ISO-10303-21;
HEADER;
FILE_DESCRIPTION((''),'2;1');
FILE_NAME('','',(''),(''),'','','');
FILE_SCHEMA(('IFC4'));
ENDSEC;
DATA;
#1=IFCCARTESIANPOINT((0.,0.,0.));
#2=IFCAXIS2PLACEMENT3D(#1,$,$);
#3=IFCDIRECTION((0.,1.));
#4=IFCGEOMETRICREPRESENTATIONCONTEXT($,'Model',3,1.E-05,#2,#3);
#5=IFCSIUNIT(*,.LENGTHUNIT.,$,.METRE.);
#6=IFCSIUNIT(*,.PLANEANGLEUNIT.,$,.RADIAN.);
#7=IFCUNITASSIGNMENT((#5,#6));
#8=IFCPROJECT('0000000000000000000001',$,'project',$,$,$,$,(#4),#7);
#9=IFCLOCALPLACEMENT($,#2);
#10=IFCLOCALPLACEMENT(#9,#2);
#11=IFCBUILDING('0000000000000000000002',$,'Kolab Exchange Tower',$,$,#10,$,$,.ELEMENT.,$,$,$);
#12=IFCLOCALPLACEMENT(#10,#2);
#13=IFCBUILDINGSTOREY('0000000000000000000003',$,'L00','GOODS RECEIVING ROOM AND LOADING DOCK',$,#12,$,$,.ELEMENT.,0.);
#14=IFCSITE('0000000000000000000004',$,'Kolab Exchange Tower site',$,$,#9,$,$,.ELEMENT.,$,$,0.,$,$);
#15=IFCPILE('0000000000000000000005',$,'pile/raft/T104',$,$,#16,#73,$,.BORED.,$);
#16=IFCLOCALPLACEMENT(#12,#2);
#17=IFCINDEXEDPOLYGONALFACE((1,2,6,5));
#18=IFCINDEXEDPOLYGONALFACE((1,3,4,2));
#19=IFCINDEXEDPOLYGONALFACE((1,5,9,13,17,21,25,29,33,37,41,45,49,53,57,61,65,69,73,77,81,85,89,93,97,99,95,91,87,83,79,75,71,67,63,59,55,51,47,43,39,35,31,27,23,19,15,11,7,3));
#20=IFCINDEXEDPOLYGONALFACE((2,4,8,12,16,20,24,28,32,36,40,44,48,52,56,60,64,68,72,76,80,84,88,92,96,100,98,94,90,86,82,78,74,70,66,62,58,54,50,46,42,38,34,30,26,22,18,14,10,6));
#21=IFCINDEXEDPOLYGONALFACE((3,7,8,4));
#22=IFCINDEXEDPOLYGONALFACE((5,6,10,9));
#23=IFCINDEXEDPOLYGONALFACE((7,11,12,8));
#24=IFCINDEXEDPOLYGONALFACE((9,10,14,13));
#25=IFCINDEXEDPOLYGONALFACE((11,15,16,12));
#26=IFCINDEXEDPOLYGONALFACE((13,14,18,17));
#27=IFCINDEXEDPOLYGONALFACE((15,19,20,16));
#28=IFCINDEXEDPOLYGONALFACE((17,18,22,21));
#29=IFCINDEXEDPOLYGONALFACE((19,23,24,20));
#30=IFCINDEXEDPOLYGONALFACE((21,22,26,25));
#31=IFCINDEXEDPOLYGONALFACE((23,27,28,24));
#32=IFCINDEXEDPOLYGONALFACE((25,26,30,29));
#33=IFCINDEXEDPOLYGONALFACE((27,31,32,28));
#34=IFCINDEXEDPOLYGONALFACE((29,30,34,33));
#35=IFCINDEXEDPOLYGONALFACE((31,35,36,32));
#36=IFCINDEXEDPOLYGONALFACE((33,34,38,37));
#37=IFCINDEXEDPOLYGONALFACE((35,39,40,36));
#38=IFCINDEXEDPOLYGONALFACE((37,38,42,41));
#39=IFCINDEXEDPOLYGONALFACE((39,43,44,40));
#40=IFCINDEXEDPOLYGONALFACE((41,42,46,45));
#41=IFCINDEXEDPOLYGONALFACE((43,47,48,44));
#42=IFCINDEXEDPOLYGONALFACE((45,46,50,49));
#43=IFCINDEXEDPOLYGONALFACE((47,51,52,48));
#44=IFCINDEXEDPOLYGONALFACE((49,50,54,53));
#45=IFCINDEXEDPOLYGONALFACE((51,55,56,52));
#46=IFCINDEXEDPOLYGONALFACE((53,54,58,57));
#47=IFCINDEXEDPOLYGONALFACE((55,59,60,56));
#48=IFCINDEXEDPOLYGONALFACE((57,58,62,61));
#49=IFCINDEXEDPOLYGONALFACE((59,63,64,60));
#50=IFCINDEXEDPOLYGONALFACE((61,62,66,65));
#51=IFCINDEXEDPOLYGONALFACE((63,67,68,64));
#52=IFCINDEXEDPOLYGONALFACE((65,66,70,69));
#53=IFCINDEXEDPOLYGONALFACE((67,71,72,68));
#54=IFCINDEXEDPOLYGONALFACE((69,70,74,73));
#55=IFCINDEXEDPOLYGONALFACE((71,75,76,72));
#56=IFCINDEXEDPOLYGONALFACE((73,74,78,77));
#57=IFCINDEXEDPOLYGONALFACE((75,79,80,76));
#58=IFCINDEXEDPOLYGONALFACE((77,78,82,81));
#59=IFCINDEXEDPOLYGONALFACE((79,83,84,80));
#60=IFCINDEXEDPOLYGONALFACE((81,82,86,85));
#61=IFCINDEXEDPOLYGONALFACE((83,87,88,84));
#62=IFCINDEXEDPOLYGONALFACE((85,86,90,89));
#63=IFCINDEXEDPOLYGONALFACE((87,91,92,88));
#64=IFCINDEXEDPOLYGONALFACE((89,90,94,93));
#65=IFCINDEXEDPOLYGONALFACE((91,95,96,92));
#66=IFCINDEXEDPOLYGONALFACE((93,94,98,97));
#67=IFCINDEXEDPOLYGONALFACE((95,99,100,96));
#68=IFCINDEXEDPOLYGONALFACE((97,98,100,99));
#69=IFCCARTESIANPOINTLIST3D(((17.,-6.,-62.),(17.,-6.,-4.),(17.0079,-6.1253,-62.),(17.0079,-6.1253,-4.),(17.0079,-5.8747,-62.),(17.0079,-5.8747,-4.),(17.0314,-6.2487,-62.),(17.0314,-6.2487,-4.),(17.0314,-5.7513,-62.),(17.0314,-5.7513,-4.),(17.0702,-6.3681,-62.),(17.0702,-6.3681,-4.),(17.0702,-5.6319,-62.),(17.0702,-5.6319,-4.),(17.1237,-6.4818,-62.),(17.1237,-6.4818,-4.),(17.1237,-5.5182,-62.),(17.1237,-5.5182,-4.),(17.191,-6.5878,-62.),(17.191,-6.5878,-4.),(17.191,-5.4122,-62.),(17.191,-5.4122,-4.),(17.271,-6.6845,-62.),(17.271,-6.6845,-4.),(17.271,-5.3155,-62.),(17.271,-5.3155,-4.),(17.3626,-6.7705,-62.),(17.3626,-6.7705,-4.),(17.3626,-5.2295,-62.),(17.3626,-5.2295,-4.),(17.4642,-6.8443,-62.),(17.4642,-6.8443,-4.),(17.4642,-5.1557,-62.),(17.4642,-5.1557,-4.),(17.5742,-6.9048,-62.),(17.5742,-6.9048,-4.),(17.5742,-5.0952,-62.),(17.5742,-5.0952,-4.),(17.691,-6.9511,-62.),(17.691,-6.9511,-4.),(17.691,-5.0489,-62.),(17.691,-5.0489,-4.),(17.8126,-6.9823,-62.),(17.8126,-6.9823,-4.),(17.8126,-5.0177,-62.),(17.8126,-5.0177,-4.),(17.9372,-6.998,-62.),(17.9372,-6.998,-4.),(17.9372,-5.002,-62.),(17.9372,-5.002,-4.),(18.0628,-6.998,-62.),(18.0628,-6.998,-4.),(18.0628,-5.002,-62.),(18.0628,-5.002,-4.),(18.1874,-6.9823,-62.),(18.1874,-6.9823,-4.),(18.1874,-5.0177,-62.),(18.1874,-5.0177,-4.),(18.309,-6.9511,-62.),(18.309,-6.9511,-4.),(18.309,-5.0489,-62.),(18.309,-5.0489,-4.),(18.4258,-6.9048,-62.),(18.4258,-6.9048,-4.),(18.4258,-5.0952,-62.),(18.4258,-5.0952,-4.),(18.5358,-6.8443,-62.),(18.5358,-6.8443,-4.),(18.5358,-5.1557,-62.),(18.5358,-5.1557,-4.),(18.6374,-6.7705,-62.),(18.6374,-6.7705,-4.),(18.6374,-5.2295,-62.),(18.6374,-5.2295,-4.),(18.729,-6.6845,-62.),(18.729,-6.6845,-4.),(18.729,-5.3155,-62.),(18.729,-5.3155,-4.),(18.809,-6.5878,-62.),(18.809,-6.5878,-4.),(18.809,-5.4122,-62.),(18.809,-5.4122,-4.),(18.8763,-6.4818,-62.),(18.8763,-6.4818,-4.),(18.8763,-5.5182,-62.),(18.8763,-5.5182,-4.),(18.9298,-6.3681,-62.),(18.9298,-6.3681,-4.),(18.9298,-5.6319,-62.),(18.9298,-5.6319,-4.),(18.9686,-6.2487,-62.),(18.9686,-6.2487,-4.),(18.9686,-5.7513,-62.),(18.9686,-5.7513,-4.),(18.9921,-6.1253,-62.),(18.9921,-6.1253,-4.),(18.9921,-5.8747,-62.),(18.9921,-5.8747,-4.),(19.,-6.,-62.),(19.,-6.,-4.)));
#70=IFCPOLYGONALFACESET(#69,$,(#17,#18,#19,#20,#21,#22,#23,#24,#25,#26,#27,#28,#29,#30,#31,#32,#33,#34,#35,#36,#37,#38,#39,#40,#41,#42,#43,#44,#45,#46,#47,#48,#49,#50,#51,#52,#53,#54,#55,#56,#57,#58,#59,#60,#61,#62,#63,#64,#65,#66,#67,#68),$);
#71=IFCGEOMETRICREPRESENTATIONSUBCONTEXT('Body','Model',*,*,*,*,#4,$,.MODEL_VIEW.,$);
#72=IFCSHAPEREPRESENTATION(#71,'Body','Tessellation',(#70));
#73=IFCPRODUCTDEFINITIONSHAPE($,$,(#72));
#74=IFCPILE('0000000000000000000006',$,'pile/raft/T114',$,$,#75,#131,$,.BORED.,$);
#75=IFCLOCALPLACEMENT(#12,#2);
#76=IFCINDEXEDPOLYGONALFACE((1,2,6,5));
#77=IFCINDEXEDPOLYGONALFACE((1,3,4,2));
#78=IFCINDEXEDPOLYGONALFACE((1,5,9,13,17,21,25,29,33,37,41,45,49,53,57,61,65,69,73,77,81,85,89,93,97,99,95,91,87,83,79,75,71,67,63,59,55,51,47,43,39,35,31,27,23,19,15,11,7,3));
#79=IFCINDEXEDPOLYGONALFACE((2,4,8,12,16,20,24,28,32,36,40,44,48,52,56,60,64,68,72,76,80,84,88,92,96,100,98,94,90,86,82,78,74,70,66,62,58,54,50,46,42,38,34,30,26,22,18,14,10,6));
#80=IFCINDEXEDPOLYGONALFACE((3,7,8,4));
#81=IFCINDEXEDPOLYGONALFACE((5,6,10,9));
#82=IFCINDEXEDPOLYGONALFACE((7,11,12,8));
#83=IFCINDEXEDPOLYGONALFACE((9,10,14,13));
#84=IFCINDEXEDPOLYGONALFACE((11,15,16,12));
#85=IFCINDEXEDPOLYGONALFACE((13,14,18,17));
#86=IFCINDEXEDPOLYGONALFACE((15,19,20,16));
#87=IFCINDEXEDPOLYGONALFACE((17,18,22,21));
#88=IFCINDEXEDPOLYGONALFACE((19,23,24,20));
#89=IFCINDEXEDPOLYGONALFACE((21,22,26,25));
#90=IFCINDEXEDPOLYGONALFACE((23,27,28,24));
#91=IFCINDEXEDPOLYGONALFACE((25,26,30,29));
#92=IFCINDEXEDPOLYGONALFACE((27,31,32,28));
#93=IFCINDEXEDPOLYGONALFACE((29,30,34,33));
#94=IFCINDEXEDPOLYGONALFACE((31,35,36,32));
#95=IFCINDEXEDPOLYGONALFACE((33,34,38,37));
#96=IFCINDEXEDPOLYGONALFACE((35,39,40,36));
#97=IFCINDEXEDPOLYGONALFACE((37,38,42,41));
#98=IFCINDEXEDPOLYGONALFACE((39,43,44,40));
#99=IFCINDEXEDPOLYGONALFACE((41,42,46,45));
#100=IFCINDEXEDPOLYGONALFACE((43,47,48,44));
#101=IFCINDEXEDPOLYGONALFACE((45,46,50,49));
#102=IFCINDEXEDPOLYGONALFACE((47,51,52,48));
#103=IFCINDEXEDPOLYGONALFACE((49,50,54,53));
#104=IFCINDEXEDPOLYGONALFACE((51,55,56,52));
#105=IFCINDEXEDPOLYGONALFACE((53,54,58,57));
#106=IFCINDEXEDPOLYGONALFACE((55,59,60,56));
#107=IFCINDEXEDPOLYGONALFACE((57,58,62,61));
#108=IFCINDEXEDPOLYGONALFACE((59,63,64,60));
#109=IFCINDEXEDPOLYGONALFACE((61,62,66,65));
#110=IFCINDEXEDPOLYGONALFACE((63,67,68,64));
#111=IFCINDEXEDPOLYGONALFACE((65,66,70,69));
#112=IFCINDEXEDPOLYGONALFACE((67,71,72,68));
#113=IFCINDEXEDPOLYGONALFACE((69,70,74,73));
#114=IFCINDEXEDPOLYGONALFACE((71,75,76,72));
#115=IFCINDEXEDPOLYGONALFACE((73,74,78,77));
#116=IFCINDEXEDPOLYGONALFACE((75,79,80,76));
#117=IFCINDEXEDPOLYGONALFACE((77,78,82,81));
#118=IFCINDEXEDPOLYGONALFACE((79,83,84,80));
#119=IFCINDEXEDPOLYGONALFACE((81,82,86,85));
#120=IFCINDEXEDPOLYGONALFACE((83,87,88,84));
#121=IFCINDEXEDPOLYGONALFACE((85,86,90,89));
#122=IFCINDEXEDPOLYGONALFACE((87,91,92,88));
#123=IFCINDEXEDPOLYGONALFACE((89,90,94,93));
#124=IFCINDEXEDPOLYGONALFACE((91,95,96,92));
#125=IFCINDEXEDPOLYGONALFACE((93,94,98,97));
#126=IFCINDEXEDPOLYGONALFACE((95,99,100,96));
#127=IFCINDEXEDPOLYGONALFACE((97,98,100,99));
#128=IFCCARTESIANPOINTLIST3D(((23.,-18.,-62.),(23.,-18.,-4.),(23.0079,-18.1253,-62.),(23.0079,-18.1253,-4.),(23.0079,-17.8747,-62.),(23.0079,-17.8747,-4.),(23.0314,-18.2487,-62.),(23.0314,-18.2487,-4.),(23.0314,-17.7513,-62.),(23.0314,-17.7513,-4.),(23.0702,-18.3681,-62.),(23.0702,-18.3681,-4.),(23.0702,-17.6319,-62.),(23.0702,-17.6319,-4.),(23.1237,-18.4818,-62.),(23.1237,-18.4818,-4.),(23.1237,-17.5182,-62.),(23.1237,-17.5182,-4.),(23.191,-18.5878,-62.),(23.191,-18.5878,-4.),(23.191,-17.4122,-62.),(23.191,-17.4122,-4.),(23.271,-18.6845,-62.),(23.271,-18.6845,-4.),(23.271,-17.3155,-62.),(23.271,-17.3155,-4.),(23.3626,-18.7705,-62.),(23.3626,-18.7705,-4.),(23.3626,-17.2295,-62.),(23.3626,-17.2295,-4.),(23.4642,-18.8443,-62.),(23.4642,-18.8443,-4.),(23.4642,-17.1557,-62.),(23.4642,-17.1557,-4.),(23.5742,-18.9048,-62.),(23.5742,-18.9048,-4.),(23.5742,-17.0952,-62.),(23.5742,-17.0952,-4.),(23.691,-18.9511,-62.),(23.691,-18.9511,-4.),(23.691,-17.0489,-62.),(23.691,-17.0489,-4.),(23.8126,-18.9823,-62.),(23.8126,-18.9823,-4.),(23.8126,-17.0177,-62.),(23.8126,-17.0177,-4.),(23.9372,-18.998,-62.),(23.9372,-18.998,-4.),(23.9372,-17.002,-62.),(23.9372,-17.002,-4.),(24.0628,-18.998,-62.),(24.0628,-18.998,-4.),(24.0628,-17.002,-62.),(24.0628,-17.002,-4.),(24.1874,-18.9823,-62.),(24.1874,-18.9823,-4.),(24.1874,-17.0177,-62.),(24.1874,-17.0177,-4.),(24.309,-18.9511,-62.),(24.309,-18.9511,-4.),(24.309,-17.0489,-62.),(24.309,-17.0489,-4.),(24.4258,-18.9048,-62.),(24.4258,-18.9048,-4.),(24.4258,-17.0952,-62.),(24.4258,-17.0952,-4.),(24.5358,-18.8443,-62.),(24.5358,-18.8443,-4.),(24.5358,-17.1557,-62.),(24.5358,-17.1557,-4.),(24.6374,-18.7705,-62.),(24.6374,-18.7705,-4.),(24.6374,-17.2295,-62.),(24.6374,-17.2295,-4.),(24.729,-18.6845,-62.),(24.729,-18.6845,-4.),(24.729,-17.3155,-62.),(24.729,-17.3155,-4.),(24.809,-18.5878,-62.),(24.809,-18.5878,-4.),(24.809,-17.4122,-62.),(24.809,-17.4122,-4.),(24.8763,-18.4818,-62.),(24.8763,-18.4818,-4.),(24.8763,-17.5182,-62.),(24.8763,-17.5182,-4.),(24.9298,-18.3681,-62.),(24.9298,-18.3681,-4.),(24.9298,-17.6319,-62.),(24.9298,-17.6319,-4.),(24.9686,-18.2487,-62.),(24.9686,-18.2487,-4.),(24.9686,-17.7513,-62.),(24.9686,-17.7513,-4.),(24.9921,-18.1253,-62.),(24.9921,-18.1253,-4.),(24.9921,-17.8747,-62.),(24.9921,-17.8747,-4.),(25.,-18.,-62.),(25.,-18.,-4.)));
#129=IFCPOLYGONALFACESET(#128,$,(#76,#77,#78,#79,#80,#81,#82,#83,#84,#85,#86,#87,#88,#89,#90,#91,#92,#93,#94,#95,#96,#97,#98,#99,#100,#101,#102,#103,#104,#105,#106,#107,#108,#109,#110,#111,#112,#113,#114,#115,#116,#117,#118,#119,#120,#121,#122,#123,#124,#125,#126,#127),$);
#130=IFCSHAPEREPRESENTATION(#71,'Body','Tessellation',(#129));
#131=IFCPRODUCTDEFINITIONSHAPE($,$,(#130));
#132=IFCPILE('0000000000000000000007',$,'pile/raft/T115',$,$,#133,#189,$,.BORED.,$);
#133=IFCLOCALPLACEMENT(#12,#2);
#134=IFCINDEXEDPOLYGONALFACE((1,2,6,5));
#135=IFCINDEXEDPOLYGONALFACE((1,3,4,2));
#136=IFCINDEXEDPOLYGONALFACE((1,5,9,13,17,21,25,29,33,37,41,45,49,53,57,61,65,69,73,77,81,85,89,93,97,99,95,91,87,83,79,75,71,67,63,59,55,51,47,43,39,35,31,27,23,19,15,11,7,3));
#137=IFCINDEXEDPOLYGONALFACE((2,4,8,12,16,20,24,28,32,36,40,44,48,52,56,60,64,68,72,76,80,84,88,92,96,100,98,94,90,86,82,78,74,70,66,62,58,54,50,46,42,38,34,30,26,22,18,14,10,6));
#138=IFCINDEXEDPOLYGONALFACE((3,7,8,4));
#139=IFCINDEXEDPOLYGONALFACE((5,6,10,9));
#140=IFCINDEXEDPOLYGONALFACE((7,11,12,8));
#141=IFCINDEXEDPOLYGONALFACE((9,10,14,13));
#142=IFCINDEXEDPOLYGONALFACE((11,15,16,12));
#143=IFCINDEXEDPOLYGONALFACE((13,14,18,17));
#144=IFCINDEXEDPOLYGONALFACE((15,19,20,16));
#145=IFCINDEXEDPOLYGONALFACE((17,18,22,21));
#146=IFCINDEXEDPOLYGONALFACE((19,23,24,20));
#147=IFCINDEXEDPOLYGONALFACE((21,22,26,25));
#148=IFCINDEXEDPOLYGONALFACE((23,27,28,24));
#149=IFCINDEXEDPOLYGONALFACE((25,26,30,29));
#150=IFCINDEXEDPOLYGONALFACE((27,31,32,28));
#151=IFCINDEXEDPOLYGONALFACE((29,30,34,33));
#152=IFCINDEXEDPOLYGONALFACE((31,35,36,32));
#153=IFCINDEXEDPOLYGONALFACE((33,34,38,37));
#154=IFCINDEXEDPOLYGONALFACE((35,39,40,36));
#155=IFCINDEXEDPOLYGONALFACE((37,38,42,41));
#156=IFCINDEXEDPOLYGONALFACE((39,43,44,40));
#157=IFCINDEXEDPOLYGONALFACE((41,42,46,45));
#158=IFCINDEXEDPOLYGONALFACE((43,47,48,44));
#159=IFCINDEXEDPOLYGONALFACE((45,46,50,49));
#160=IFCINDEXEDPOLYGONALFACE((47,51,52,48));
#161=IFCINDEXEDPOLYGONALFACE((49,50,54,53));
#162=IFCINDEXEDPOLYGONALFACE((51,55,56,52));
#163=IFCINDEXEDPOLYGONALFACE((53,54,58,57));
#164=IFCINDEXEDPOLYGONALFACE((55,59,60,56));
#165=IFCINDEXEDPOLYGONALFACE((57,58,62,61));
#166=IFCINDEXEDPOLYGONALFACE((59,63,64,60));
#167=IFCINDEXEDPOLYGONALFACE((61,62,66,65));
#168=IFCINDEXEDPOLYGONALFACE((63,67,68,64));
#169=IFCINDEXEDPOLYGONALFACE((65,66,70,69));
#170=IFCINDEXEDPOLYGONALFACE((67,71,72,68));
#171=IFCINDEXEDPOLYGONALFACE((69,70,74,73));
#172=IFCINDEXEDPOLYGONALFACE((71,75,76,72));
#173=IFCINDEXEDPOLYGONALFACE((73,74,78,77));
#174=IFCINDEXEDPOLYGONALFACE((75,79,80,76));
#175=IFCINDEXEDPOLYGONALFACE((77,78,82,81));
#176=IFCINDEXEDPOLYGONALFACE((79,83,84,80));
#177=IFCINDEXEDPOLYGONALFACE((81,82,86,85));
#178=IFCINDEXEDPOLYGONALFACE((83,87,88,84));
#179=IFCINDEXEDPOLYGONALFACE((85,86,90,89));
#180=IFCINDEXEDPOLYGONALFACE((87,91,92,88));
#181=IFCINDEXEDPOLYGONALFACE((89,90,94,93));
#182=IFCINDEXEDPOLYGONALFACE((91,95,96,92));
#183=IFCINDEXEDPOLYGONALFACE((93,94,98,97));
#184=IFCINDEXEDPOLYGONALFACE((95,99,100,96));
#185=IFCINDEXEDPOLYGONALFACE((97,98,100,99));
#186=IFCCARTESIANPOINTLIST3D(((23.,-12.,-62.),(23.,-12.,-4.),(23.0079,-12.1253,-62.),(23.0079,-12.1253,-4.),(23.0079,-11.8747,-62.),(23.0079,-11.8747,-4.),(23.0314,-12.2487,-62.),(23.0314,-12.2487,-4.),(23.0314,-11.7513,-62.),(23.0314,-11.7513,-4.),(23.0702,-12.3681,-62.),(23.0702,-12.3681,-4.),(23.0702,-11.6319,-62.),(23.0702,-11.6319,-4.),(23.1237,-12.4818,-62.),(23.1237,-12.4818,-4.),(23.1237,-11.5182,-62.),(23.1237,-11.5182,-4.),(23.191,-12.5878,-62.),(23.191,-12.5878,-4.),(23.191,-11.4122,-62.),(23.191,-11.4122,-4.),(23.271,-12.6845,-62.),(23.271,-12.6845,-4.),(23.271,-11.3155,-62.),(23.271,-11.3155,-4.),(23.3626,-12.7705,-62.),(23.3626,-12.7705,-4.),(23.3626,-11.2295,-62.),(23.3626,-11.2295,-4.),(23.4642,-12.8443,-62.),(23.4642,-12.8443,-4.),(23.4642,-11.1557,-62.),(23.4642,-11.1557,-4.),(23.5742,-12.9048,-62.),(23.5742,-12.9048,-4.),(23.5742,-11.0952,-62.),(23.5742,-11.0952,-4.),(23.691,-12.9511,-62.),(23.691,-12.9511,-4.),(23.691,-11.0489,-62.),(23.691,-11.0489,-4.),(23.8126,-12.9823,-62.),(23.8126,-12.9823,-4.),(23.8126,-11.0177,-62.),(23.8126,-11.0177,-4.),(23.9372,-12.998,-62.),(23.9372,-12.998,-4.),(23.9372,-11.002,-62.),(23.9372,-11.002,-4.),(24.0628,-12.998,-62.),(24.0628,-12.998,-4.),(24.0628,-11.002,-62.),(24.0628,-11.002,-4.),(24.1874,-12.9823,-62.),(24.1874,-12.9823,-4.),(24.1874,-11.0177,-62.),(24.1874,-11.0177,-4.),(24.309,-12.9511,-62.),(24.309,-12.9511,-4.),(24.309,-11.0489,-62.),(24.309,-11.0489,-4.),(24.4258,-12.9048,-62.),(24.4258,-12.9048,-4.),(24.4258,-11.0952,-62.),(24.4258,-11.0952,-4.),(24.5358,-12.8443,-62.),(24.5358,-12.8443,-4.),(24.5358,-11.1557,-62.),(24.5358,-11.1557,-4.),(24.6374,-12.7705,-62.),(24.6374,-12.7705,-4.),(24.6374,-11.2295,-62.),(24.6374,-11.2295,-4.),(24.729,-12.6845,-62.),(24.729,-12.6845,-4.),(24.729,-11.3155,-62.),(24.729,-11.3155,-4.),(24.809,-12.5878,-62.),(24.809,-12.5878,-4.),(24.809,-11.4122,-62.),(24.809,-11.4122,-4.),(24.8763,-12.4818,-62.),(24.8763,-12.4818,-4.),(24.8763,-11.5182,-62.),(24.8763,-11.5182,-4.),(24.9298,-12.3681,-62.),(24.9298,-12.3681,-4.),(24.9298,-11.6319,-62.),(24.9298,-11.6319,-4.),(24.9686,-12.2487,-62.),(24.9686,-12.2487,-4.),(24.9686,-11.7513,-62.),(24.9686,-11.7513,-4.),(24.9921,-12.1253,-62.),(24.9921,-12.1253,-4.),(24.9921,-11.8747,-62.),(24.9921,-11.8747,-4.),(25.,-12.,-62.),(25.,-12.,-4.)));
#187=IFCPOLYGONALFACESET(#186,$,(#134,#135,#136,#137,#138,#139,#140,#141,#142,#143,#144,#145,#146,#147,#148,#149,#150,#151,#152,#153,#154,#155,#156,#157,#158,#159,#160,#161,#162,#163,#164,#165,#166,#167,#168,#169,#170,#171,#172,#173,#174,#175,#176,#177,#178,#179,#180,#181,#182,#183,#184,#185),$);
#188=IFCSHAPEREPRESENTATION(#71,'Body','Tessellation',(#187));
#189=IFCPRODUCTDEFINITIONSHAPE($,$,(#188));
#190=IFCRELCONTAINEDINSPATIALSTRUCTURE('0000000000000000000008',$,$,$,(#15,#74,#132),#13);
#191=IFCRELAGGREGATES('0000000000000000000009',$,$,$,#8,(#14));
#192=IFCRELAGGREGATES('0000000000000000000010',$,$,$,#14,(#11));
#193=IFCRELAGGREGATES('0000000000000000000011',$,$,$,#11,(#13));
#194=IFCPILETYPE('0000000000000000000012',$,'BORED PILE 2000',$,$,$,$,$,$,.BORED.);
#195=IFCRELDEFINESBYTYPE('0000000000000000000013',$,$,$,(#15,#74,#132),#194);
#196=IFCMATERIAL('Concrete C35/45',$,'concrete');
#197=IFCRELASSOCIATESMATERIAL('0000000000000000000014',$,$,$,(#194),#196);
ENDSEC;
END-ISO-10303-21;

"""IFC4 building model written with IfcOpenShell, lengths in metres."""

from ifc_helpers import new_model, si_unit, direction, frame, origin, origin_2d, place, context, subcontext, project, spatial, circle, extrude, material, material_profile, profile_set, type_object, element, save


model = new_model("IFC4")

# Units and contexts
model_context = context("Model", 3, precision=1e-05, world=origin(), true_north=direction((0.0, 1.0)))
body_context = subcontext(model_context, "Body", "Model", "MODEL_VIEW")
ifc_project = project(units=[si_unit("LENGTHUNIT", "METRE"), si_unit("PLANEANGLEUNIT", "RADIAN")], contexts=[model_context])

# Site, building, storey
site_placement = place(None, origin())
site = spatial("IfcSite", under=ifc_project, at=site_placement, Name="Kolab Exchange Tower site", CompositionType="ELEMENT", RefElevation=0.0)
building_placement = place(site_placement, origin())
building = spatial("IfcBuilding", under=site, at=building_placement, Name="Kolab Exchange Tower", CompositionType="ELEMENT")
storey_placement = place(building_placement, origin())
storey = spatial("IfcBuildingStorey", under=building, at=storey_placement, Name="L00", Description="GOODS RECEIVING ROOM AND LOADING DOCK", CompositionType="ELEMENT", Elevation=0.0)

# Piles
ifc_material_1 = material(Name="Concrete C35/45", Category="concrete")
ifc_material_profile_1 = material_profile(ifc_material_1, circle(Radius=1.0, at=origin_2d()), Name="BP2000")
ifc_profile_set_1 = profile_set([ifc_material_profile_1], Name="Concrete C35/45")
pile_type_1 = type_object("IfcPileType", Name="BORED PILE 2000", PredefinedType="BORED", material=ifc_profile_set_1)
for number, where, z_axis, x_axis, name in (
    (1, (18.0, -6.0, -4.0), (0.0, 0.0, -1.0), (1.0, 0.0, 0.0), "pile/raft/T104"),
    (2, (24.0, -18.0, -4.0), (0.0, 0.0, -1.0), (1.0, 0.0, 0.0), "pile/raft/T114"),
    (3, (24.0, -12.0, -4.0), (0.0, 0.0, -1.0), (1.0, 0.0, 0.0), "pile/raft/T115"),
):
    element("IfcPile", number, at=place(storey_placement, frame(where, z_axis=z_axis, x_axis=x_axis)), inside=storey, type_object=pile_type_1, Name=name, PredefinedType="BORED", context=body_context, shape_type="SweptSolid", body=[
        extrude(circle(Radius=1.0, at=origin_2d()), origin(), (0.0, 0.0, 1.0), 58.0),
    ])

save(model, "model.ifc")
